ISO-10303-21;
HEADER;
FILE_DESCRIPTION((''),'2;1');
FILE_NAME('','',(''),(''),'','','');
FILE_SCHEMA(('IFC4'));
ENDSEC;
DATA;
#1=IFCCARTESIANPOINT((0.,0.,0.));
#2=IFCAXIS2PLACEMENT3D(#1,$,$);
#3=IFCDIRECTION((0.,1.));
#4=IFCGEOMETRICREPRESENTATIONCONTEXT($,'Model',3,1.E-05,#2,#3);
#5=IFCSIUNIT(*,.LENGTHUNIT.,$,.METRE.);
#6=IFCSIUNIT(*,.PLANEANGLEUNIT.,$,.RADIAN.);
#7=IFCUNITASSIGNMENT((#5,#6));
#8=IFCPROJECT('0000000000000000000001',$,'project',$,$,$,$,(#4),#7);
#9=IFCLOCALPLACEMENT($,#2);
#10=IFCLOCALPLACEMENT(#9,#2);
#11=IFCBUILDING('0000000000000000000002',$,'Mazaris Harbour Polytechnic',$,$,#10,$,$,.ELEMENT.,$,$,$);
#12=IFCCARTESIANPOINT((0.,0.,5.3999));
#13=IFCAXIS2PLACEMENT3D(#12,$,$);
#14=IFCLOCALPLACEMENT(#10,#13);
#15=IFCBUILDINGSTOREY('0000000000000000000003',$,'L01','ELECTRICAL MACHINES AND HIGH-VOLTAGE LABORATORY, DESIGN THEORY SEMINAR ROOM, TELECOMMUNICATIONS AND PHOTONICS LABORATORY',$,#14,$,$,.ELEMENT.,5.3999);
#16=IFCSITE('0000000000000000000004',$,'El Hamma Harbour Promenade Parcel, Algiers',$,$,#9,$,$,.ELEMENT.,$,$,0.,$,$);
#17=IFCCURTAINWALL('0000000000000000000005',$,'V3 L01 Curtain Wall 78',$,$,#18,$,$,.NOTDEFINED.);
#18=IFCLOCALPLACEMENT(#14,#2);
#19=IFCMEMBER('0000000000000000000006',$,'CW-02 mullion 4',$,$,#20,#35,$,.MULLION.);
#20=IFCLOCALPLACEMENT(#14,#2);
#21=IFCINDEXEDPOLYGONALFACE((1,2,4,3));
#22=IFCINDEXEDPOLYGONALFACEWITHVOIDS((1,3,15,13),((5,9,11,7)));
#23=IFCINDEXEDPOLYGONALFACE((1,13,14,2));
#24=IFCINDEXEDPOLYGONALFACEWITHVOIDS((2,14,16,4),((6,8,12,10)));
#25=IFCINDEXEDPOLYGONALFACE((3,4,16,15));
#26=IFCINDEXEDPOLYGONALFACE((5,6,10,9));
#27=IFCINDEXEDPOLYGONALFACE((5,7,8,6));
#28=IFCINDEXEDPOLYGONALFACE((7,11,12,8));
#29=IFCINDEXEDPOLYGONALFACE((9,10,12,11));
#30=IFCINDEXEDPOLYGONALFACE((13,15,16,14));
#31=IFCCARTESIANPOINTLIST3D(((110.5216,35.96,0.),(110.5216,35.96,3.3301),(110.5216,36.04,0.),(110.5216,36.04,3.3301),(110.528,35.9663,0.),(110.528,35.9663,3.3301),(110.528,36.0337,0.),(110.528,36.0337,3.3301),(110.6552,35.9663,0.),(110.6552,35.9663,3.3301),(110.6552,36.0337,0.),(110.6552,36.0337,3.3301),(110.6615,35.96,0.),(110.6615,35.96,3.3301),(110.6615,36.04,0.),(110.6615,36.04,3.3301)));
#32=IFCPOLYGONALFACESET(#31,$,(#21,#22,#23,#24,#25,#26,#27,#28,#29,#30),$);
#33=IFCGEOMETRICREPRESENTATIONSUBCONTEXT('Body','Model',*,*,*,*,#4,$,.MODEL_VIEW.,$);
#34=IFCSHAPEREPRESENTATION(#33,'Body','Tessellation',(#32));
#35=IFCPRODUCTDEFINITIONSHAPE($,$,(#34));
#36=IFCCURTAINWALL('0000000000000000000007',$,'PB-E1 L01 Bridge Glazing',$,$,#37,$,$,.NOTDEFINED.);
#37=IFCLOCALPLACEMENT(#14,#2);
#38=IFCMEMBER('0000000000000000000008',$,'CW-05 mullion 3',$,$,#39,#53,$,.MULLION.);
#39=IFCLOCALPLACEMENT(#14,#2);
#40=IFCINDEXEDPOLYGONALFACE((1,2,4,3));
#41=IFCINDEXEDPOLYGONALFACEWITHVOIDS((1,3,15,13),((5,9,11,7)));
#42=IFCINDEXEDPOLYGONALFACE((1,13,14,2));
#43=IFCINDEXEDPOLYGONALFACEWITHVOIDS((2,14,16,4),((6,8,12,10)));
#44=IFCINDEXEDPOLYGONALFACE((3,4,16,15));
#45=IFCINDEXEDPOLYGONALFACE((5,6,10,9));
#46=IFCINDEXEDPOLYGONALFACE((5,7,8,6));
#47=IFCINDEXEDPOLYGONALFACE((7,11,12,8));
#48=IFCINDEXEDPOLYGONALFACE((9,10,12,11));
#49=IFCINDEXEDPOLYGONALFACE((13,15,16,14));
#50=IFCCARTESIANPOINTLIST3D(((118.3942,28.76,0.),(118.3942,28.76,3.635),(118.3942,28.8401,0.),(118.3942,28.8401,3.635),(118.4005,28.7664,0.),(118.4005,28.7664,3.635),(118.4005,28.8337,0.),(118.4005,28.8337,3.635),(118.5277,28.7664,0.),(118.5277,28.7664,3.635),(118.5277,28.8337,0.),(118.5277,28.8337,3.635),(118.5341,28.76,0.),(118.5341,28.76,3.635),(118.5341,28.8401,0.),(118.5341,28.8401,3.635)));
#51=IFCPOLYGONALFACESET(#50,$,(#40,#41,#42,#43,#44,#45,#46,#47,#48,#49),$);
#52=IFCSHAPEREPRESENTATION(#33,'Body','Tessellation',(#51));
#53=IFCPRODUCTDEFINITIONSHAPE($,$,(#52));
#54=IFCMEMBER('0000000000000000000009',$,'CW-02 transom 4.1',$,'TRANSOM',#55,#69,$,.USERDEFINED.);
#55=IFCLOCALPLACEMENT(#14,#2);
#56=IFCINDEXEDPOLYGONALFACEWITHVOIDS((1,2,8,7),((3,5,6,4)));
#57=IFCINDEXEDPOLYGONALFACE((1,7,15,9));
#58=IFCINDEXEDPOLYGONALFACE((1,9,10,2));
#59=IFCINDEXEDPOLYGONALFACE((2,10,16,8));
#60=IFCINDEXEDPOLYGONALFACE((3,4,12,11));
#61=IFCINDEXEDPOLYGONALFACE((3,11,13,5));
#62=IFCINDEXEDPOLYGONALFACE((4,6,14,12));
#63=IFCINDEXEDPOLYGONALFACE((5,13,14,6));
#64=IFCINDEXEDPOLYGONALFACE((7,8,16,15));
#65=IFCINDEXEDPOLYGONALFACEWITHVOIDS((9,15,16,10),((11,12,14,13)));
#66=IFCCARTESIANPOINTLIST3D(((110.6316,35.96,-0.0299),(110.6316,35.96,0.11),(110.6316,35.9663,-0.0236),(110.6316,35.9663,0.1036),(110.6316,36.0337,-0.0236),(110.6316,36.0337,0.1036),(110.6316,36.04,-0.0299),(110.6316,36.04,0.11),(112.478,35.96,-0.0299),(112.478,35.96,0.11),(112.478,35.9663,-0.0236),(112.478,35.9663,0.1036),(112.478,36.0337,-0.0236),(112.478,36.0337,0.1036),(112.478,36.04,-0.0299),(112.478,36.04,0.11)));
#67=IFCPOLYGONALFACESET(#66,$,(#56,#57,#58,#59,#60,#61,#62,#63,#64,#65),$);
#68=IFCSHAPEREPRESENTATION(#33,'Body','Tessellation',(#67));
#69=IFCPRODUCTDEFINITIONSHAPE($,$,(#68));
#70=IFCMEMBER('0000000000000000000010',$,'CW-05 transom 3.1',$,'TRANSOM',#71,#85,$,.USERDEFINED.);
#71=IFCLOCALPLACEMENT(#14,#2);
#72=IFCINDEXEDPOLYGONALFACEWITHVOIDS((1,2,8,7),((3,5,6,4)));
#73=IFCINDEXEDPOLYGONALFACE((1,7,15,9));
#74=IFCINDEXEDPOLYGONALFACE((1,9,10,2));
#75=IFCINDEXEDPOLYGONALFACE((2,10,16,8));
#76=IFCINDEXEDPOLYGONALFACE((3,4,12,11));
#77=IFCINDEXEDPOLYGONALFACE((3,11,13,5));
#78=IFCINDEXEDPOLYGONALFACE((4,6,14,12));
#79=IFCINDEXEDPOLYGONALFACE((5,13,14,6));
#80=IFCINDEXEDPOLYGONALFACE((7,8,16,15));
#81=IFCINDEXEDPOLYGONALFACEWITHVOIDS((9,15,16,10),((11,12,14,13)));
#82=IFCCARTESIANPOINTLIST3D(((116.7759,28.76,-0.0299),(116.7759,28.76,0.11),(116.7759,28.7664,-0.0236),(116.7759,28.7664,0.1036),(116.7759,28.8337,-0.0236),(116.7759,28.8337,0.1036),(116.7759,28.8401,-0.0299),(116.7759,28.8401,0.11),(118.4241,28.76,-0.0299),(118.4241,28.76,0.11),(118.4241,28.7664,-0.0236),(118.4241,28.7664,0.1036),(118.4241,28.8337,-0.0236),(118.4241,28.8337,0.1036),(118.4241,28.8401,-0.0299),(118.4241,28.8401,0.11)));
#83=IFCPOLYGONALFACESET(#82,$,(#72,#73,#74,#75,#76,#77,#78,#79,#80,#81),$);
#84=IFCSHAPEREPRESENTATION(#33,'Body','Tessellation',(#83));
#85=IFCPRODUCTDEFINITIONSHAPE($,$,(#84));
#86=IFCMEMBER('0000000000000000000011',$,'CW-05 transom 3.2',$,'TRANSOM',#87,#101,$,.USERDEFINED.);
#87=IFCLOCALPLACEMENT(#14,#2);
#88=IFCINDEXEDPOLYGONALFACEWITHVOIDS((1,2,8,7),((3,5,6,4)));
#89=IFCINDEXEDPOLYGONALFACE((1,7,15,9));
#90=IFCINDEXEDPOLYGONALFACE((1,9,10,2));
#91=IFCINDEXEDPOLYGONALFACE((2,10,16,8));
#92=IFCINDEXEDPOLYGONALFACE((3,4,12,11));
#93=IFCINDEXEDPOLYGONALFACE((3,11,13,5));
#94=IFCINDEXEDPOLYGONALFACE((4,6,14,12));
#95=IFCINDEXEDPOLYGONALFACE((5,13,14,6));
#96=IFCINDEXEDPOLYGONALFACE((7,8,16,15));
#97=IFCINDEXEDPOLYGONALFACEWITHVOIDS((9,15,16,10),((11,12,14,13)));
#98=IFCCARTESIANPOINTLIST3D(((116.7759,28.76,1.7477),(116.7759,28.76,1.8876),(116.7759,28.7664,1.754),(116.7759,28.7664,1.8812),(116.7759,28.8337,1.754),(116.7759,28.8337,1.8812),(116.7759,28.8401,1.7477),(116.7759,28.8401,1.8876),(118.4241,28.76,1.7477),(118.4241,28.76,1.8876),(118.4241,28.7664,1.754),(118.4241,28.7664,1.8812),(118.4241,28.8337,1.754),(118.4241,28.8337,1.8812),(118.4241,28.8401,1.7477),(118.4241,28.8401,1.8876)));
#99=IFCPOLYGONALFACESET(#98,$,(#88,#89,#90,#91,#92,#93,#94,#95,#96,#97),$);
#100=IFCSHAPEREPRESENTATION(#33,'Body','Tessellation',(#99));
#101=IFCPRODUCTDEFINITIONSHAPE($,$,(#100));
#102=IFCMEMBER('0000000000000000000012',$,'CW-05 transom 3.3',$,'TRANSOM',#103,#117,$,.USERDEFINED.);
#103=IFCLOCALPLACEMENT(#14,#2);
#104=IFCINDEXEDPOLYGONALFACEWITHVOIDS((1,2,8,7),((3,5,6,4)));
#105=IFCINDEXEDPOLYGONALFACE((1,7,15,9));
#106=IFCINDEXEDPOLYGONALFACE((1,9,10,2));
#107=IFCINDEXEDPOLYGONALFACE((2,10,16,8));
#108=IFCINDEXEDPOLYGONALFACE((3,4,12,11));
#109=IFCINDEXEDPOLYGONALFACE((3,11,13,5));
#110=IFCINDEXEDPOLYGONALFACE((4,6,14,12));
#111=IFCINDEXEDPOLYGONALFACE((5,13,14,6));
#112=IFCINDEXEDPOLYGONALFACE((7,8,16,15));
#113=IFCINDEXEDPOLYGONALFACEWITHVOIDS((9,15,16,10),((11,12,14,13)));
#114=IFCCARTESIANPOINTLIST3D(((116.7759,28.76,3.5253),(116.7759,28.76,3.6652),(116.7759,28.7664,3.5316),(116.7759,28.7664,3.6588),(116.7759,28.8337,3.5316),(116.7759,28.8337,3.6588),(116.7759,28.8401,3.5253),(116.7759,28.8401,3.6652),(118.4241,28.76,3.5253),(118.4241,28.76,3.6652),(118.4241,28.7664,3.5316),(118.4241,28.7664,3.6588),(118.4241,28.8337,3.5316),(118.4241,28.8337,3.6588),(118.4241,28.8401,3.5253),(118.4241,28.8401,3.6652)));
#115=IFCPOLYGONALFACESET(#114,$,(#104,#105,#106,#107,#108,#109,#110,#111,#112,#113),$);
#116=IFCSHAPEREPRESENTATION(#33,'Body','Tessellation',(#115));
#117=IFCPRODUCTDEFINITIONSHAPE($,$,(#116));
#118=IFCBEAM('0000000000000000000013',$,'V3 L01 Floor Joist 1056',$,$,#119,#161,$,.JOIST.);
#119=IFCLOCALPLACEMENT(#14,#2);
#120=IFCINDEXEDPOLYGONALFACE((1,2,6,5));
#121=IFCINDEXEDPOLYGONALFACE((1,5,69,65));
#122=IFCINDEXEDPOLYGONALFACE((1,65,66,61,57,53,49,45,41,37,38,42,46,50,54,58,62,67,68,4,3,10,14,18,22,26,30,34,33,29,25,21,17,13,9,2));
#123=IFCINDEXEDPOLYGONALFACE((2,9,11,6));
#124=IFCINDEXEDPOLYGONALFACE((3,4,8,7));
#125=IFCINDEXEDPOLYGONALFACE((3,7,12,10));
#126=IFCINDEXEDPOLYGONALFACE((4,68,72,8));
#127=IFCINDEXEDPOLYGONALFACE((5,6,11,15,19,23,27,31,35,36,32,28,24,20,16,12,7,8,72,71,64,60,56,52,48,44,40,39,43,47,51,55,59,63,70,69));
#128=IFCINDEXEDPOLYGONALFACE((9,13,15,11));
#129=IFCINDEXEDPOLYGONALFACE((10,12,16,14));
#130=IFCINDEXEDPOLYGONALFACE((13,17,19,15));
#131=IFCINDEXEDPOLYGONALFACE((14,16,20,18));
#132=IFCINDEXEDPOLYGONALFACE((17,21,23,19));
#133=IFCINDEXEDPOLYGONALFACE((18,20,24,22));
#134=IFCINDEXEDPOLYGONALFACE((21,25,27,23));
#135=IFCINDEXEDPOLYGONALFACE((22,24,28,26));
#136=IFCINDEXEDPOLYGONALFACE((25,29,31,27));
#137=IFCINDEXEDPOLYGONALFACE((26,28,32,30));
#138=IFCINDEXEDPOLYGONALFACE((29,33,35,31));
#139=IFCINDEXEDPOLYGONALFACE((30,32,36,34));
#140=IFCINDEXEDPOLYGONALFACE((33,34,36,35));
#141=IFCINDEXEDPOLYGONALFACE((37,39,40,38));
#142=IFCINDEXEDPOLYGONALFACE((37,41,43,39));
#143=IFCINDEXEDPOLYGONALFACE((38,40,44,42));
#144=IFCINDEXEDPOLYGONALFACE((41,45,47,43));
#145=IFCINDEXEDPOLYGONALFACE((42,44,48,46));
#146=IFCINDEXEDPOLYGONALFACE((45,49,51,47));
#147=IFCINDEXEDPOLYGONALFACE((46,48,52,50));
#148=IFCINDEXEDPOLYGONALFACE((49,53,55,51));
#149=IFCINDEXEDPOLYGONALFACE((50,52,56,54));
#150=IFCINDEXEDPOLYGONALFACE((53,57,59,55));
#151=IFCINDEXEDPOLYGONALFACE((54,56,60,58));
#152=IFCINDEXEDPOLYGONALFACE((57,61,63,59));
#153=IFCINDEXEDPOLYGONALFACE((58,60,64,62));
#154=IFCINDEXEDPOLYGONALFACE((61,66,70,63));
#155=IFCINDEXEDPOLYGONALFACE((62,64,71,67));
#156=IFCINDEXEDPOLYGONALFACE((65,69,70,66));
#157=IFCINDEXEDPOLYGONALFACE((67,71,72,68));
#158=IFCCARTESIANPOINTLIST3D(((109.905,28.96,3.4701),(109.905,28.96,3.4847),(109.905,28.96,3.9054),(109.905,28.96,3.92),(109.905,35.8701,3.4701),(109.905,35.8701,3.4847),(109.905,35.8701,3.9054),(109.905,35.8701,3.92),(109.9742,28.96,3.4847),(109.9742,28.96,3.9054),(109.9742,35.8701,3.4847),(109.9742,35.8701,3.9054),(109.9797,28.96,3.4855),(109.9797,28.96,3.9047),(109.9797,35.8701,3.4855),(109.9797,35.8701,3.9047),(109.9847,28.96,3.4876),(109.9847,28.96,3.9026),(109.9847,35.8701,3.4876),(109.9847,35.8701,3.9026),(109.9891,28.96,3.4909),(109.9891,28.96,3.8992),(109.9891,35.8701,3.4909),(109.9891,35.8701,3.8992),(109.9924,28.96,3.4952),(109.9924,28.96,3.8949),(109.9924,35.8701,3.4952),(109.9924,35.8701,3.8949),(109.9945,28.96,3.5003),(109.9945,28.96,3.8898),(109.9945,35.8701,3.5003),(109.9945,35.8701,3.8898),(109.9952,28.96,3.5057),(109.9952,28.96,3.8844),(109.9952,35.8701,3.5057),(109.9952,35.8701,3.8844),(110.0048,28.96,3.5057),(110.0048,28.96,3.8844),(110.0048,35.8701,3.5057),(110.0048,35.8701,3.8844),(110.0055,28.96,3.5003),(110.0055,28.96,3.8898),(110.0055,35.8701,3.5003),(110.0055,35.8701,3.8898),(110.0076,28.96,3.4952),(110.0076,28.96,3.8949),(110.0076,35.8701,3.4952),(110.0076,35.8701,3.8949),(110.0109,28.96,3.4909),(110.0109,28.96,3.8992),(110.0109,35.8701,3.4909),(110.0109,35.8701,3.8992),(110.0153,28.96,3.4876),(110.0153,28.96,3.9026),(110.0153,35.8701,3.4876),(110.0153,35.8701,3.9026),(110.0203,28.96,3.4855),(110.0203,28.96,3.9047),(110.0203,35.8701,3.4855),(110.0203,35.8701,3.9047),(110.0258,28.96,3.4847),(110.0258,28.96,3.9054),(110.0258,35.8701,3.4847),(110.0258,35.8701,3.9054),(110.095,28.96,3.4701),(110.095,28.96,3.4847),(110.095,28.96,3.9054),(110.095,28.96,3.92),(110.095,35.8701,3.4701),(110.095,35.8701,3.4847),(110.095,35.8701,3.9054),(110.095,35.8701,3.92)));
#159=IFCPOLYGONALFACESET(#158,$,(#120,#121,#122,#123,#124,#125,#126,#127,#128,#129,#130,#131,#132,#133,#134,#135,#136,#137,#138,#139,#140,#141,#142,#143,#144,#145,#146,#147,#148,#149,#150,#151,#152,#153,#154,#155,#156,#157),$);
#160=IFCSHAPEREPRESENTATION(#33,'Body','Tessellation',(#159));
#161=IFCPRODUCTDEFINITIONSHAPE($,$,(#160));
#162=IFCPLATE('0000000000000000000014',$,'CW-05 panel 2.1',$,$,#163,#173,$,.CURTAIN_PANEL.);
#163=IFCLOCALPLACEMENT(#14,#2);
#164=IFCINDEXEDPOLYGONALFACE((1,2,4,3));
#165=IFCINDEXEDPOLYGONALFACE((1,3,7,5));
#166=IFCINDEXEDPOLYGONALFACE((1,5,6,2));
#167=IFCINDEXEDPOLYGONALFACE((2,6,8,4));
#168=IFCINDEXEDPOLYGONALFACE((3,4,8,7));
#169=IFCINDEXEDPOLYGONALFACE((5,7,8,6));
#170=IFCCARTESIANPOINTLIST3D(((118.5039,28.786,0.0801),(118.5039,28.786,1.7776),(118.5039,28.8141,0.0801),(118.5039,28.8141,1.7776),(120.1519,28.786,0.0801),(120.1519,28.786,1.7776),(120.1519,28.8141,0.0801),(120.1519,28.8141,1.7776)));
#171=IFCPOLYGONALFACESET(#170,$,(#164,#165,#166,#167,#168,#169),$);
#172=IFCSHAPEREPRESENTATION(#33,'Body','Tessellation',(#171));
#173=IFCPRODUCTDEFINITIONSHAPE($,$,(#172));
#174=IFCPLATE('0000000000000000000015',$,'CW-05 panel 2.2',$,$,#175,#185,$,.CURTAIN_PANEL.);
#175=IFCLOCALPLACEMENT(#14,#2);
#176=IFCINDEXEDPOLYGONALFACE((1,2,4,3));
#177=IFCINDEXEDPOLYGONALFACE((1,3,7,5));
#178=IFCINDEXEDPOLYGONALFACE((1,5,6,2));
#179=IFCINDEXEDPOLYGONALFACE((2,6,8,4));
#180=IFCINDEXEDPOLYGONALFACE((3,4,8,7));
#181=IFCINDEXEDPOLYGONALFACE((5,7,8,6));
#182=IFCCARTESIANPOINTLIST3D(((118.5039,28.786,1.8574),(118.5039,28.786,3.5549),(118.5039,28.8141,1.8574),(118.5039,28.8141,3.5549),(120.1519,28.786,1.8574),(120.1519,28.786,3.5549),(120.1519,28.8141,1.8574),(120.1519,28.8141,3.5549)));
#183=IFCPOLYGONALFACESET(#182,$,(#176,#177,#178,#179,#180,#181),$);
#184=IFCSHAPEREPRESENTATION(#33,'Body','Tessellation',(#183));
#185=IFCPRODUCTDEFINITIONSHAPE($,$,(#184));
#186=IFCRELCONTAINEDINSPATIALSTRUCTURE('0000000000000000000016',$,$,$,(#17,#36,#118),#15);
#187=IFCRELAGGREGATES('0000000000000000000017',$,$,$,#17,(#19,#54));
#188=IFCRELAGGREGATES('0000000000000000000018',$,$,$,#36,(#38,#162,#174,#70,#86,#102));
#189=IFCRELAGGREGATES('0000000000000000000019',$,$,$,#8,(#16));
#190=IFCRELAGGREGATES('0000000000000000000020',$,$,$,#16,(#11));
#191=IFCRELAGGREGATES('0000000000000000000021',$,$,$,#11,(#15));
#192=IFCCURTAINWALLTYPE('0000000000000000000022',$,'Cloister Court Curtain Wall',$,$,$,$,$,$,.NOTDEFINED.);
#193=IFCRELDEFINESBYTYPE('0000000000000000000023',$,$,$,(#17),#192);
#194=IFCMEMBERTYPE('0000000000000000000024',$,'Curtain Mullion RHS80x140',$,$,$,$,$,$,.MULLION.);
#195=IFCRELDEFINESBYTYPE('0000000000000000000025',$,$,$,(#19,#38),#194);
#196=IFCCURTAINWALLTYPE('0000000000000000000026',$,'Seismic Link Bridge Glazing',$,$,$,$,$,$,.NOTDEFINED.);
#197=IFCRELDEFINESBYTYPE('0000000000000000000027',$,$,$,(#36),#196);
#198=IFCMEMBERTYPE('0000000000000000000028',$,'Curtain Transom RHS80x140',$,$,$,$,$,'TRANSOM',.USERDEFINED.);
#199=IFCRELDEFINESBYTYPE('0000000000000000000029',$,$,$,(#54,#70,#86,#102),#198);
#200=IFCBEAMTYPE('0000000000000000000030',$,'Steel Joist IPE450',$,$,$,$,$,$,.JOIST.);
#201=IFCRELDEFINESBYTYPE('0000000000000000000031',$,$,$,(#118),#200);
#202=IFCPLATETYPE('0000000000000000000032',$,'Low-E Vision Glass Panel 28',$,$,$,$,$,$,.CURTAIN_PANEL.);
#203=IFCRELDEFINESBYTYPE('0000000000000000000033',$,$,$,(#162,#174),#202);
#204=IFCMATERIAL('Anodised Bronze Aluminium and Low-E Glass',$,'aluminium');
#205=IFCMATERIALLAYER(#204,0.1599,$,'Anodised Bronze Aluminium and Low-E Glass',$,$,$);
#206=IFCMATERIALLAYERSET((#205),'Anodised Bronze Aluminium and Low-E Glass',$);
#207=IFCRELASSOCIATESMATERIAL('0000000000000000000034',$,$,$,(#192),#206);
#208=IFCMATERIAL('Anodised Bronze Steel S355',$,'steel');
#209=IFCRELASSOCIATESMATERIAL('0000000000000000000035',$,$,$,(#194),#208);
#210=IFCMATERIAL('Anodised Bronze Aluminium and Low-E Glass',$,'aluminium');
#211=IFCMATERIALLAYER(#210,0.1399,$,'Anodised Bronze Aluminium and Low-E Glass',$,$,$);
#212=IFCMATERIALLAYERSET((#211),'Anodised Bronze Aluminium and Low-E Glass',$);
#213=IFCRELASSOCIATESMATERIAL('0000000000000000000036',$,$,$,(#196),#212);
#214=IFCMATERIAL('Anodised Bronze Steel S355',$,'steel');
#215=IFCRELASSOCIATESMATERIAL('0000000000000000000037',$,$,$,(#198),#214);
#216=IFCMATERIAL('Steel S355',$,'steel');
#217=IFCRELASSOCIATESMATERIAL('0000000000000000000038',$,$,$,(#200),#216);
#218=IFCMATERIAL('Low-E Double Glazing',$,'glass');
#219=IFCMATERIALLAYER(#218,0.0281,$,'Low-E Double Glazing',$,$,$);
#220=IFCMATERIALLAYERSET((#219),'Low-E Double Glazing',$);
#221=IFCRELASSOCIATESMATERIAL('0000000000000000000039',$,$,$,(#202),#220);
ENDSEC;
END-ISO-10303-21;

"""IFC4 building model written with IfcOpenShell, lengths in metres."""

from ifc_helpers import new_model, si_unit, direction, frame, origin, origin_2d, place, context, subcontext, project, spatial, rectangle, hollow_rectangle, i_section, extrude, material, layer, layer_set, material_profile, profile_set, type_object, element, aggregate, save


model = new_model("IFC4")

# Units and contexts
model_context = context("Model", 3, precision=1e-05, world=origin(), true_north=direction((0.0, 1.0)))
body_context = subcontext(model_context, "Body", "Model", "MODEL_VIEW")
ifc_project = project(units=[si_unit("LENGTHUNIT", "METRE"), si_unit("PLANEANGLEUNIT", "RADIAN")], contexts=[model_context])

# Site, building, storey
site_placement = place(None, origin())
site = spatial("IfcSite", under=ifc_project, at=site_placement, Name="El Hamma Harbour Promenade Parcel, Algiers", CompositionType="ELEMENT", RefElevation=0.0)
building_placement = place(site_placement, origin())
building = spatial("IfcBuilding", under=site, at=building_placement, Name="Mazaris Harbour Polytechnic", CompositionType="ELEMENT")
storey_placement = place(building_placement, frame((0.0, 0.0, 5.3999)))
storey = spatial("IfcBuildingStorey", under=building, at=storey_placement, Name="L01", Description="ELECTRICAL MACHINES AND HIGH-VOLTAGE LABORATORY, DESIGN THEORY SEMINAR ROOM, TELECOMMUNICATIONS AND PHOTONICS LABORATORY", CompositionType="ELEMENT", Elevation=5.3999)

# Curtain walls, members
ifc_material_1 = material(Name="Anodised Bronze Aluminium and Low-E Glass", Category="aluminium")
ifc_layer_1 = layer(ifc_material_1, 0.1599, Name="Anodised Bronze Aluminium and Low-E Glass")
ifc_layer_set_1 = layer_set([ifc_layer_1], Name="Anodised Bronze Aluminium and Low-E Glass")
curtain_wall_type_1 = type_object("IfcCurtainWallType", Name="Cloister Court Curtain Wall", PredefinedType="NOTDEFINED", material=ifc_layer_set_1)
curtain_wall_1_placement = place(storey_placement, origin())
curtain_wall_1 = element("IfcCurtainWall", 1, at=curtain_wall_1_placement, inside=storey, type_object=curtain_wall_type_1, Name="V3 L01 Curtain Wall 78", PredefinedType="NOTDEFINED")
ifc_material_2 = material(Name="Anodised Bronze Steel S355", Category="steel")
ifc_material_profile_1 = material_profile(ifc_material_2, hollow_rectangle(XDim=0.0801, YDim=0.1399, WallThickness=0.0063, at=origin_2d()), Name="RHS 80x140x6.3")
ifc_profile_set_1 = profile_set([ifc_material_profile_1], Name="Anodised Bronze Steel S355")
member_type_1 = type_object("IfcMemberType", Name="Curtain Mullion RHS80x140", PredefinedType="MULLION", material=ifc_profile_set_1)
member_1_placement = place(storey_placement, frame((110.5916, 36.0, 0.0), z_axis=(0.0, 0.0, 1.0), x_axis=(0.0, 1.0, 0.0)))
member_1 = element("IfcMember", 2, at=member_1_placement, type_object=member_type_1, Name="CW-02 mullion 4", PredefinedType="MULLION", context=body_context, shape_type="SweptSolid", body=[
    extrude(hollow_rectangle(XDim=0.0801, YDim=0.1399, WallThickness=0.0063, at=origin_2d()), origin(), (0.0, 0.0, 1.0), 3.3301),
])
ifc_material_3 = material(Name="Anodised Bronze Aluminium and Low-E Glass", Category="aluminium")
ifc_layer_2 = layer(ifc_material_3, 0.1399, Name="Anodised Bronze Aluminium and Low-E Glass")
ifc_layer_set_2 = layer_set([ifc_layer_2], Name="Anodised Bronze Aluminium and Low-E Glass")
curtain_wall_type_2 = type_object("IfcCurtainWallType", Name="Seismic Link Bridge Glazing", PredefinedType="NOTDEFINED", material=ifc_layer_set_2)
curtain_wall_2_placement = place(storey_placement, origin())
curtain_wall_2 = element("IfcCurtainWall", 3, at=curtain_wall_2_placement, inside=storey, type_object=curtain_wall_type_2, Name="PB-E1 L01 Bridge Glazing", PredefinedType="NOTDEFINED")
member_2_placement = place(storey_placement, frame((118.4641, 28.8, 0.0), z_axis=(0.0, 0.0, 1.0), x_axis=(0.0, -1.0, 0.0)))
member_2 = element("IfcMember", 4, at=member_2_placement, type_object=member_type_1, Name="CW-05 mullion 3", PredefinedType="MULLION", context=body_context, shape_type="SweptSolid", body=[
    extrude(hollow_rectangle(XDim=0.0801, YDim=0.1399, WallThickness=0.0063, at=origin_2d()), origin(), (0.0, 0.0, 1.0), 3.635),
])

# Members
ifc_material_4 = material(Name="Anodised Bronze Steel S355", Category="steel")
ifc_material_profile_2 = material_profile(ifc_material_4, hollow_rectangle(XDim=0.0801, YDim=0.1399, WallThickness=0.0063, at=origin_2d()), Name="RHS 80x140x6.3")
ifc_profile_set_2 = profile_set([ifc_material_profile_2], Name="Anodised Bronze Steel S355")
member_type_2 = type_object("IfcMemberType", Name="Curtain Transom RHS80x140", ElementType="TRANSOM", PredefinedType="USERDEFINED", material=ifc_profile_set_2)
member_3_placement = place(storey_placement, frame((110.6316, 36.0, 0.04), z_axis=(1.0, 0.0, 0.0), x_axis=(0.0, 1.0, 0.0)))
member_3 = element("IfcMember", 5, at=member_3_placement, type_object=member_type_2, Name="CW-02 transom 4.1", ObjectType="TRANSOM", PredefinedType="USERDEFINED", context=body_context, shape_type="SweptSolid", body=[
    extrude(hollow_rectangle(XDim=0.0801, YDim=0.1399, WallThickness=0.0063, at=origin_2d()), origin(), (0.0, 0.0, 1.0), 1.8464),
])
aggregate(curtain_wall_1, [member_1, member_3])
member_4_placement = place(storey_placement, frame((118.4241, 28.8, 0.04), z_axis=(-1.0, 0.0, 0.0), x_axis=(0.0, -1.0, 0.0)))
member_4 = element("IfcMember", 6, at=member_4_placement, type_object=member_type_2, Name="CW-05 transom 3.1", ObjectType="TRANSOM", PredefinedType="USERDEFINED", context=body_context, shape_type="SweptSolid", body=[
    extrude(hollow_rectangle(XDim=0.0801, YDim=0.1399, WallThickness=0.0063, at=origin_2d()), origin(), (0.0, 0.0, 1.0), 1.6482),
])
member_5_placement = place(storey_placement, frame((118.4241, 28.8, 1.8176), z_axis=(-1.0, 0.0, 0.0), x_axis=(0.0, -1.0, 0.0)))
member_5 = element("IfcMember", 7, at=member_5_placement, type_object=member_type_2, Name="CW-05 transom 3.2", ObjectType="TRANSOM", PredefinedType="USERDEFINED", context=body_context, shape_type="SweptSolid", body=[
    extrude(hollow_rectangle(XDim=0.0801, YDim=0.1399, WallThickness=0.0063, at=origin_2d()), origin(), (0.0, 0.0, 1.0), 1.6482),
])
member_6_placement = place(storey_placement, frame((118.4241, 28.8, 3.5952), z_axis=(-1.0, 0.0, 0.0), x_axis=(0.0, -1.0, 0.0)))
member_6 = element("IfcMember", 8, at=member_6_placement, type_object=member_type_2, Name="CW-05 transom 3.3", ObjectType="TRANSOM", PredefinedType="USERDEFINED", context=body_context, shape_type="SweptSolid", body=[
    extrude(hollow_rectangle(XDim=0.0801, YDim=0.1399, WallThickness=0.0063, at=origin_2d()), origin(), (0.0, 0.0, 1.0), 1.6482),
])

# Beam
ifc_material_5 = material(Name="Steel S355", Category="steel")
ifc_material_profile_3 = material_profile(ifc_material_5, i_section(OverallWidth=0.1899, OverallDepth=0.45, WebThickness=0.0095, FlangeThickness=0.0146, FilletRadius=0.021, at=origin_2d()), Name="IPE 450")
ifc_profile_set_3 = profile_set([ifc_material_profile_3], Name="Steel S355")
beam_type = type_object("IfcBeamType", Name="Steel Joist IPE450", PredefinedType="JOIST", material=ifc_profile_set_3)
beam_placement = place(storey_placement, frame((110.0, 28.96, 3.6951), z_axis=(0.0, 1.0, 0.0), x_axis=(-1.0, 0.0, 0.0)))
element("IfcBeam", 9, at=beam_placement, inside=storey, type_object=beam_type, Name="V3 L01 Floor Joist 1056", PredefinedType="JOIST", context=body_context, shape_type="SweptSolid", body=[
    extrude(i_section(OverallWidth=0.1899, OverallDepth=0.45, WebThickness=0.0095, FlangeThickness=0.0146, FilletRadius=0.021, at=origin_2d()), origin(), (0.0, 0.0, 1.0), 6.9102),
])

# Plates
ifc_material_6 = material(Name="Low-E Double Glazing", Category="glass")
ifc_layer_3 = layer(ifc_material_6, 0.0281, Name="Low-E Double Glazing")
ifc_layer_set_3 = layer_set([ifc_layer_3], Name="Low-E Double Glazing")
plate_type = type_object("IfcPlateType", Name="Low-E Vision Glass Panel 28", PredefinedType="CURTAIN_PANEL", material=ifc_layer_set_3)
plate_1_placement = place(storey_placement, frame((119.3279, 28.8, 0.0801), z_axis=(0.0, 0.0, 1.0), x_axis=(-1.0, 0.0, 0.0)))
plate_1 = element("IfcPlate", 10, at=plate_1_placement, type_object=plate_type, Name="CW-05 panel 2.1", PredefinedType="CURTAIN_PANEL", context=body_context, shape_type="SweptSolid", body=[
    extrude(rectangle(XDim=1.6479, YDim=0.0281, at=origin_2d()), origin(), (0.0, 0.0, 1.0), 1.6975),
])
plate_2_placement = place(storey_placement, frame((119.3279, 28.8, 1.8574), z_axis=(0.0, 0.0, 1.0), x_axis=(-1.0, 0.0, 0.0)))
plate_2 = element("IfcPlate", 11, at=plate_2_placement, type_object=plate_type, Name="CW-05 panel 2.2", PredefinedType="CURTAIN_PANEL", context=body_context, shape_type="SweptSolid", body=[
    extrude(rectangle(XDim=1.6479, YDim=0.0281, at=origin_2d()), origin(), (0.0, 0.0, 1.0), 1.6975),
])
aggregate(curtain_wall_2, [member_2, plate_1, plate_2, member_4, member_5, member_6])

save(model, "model.ifc")
